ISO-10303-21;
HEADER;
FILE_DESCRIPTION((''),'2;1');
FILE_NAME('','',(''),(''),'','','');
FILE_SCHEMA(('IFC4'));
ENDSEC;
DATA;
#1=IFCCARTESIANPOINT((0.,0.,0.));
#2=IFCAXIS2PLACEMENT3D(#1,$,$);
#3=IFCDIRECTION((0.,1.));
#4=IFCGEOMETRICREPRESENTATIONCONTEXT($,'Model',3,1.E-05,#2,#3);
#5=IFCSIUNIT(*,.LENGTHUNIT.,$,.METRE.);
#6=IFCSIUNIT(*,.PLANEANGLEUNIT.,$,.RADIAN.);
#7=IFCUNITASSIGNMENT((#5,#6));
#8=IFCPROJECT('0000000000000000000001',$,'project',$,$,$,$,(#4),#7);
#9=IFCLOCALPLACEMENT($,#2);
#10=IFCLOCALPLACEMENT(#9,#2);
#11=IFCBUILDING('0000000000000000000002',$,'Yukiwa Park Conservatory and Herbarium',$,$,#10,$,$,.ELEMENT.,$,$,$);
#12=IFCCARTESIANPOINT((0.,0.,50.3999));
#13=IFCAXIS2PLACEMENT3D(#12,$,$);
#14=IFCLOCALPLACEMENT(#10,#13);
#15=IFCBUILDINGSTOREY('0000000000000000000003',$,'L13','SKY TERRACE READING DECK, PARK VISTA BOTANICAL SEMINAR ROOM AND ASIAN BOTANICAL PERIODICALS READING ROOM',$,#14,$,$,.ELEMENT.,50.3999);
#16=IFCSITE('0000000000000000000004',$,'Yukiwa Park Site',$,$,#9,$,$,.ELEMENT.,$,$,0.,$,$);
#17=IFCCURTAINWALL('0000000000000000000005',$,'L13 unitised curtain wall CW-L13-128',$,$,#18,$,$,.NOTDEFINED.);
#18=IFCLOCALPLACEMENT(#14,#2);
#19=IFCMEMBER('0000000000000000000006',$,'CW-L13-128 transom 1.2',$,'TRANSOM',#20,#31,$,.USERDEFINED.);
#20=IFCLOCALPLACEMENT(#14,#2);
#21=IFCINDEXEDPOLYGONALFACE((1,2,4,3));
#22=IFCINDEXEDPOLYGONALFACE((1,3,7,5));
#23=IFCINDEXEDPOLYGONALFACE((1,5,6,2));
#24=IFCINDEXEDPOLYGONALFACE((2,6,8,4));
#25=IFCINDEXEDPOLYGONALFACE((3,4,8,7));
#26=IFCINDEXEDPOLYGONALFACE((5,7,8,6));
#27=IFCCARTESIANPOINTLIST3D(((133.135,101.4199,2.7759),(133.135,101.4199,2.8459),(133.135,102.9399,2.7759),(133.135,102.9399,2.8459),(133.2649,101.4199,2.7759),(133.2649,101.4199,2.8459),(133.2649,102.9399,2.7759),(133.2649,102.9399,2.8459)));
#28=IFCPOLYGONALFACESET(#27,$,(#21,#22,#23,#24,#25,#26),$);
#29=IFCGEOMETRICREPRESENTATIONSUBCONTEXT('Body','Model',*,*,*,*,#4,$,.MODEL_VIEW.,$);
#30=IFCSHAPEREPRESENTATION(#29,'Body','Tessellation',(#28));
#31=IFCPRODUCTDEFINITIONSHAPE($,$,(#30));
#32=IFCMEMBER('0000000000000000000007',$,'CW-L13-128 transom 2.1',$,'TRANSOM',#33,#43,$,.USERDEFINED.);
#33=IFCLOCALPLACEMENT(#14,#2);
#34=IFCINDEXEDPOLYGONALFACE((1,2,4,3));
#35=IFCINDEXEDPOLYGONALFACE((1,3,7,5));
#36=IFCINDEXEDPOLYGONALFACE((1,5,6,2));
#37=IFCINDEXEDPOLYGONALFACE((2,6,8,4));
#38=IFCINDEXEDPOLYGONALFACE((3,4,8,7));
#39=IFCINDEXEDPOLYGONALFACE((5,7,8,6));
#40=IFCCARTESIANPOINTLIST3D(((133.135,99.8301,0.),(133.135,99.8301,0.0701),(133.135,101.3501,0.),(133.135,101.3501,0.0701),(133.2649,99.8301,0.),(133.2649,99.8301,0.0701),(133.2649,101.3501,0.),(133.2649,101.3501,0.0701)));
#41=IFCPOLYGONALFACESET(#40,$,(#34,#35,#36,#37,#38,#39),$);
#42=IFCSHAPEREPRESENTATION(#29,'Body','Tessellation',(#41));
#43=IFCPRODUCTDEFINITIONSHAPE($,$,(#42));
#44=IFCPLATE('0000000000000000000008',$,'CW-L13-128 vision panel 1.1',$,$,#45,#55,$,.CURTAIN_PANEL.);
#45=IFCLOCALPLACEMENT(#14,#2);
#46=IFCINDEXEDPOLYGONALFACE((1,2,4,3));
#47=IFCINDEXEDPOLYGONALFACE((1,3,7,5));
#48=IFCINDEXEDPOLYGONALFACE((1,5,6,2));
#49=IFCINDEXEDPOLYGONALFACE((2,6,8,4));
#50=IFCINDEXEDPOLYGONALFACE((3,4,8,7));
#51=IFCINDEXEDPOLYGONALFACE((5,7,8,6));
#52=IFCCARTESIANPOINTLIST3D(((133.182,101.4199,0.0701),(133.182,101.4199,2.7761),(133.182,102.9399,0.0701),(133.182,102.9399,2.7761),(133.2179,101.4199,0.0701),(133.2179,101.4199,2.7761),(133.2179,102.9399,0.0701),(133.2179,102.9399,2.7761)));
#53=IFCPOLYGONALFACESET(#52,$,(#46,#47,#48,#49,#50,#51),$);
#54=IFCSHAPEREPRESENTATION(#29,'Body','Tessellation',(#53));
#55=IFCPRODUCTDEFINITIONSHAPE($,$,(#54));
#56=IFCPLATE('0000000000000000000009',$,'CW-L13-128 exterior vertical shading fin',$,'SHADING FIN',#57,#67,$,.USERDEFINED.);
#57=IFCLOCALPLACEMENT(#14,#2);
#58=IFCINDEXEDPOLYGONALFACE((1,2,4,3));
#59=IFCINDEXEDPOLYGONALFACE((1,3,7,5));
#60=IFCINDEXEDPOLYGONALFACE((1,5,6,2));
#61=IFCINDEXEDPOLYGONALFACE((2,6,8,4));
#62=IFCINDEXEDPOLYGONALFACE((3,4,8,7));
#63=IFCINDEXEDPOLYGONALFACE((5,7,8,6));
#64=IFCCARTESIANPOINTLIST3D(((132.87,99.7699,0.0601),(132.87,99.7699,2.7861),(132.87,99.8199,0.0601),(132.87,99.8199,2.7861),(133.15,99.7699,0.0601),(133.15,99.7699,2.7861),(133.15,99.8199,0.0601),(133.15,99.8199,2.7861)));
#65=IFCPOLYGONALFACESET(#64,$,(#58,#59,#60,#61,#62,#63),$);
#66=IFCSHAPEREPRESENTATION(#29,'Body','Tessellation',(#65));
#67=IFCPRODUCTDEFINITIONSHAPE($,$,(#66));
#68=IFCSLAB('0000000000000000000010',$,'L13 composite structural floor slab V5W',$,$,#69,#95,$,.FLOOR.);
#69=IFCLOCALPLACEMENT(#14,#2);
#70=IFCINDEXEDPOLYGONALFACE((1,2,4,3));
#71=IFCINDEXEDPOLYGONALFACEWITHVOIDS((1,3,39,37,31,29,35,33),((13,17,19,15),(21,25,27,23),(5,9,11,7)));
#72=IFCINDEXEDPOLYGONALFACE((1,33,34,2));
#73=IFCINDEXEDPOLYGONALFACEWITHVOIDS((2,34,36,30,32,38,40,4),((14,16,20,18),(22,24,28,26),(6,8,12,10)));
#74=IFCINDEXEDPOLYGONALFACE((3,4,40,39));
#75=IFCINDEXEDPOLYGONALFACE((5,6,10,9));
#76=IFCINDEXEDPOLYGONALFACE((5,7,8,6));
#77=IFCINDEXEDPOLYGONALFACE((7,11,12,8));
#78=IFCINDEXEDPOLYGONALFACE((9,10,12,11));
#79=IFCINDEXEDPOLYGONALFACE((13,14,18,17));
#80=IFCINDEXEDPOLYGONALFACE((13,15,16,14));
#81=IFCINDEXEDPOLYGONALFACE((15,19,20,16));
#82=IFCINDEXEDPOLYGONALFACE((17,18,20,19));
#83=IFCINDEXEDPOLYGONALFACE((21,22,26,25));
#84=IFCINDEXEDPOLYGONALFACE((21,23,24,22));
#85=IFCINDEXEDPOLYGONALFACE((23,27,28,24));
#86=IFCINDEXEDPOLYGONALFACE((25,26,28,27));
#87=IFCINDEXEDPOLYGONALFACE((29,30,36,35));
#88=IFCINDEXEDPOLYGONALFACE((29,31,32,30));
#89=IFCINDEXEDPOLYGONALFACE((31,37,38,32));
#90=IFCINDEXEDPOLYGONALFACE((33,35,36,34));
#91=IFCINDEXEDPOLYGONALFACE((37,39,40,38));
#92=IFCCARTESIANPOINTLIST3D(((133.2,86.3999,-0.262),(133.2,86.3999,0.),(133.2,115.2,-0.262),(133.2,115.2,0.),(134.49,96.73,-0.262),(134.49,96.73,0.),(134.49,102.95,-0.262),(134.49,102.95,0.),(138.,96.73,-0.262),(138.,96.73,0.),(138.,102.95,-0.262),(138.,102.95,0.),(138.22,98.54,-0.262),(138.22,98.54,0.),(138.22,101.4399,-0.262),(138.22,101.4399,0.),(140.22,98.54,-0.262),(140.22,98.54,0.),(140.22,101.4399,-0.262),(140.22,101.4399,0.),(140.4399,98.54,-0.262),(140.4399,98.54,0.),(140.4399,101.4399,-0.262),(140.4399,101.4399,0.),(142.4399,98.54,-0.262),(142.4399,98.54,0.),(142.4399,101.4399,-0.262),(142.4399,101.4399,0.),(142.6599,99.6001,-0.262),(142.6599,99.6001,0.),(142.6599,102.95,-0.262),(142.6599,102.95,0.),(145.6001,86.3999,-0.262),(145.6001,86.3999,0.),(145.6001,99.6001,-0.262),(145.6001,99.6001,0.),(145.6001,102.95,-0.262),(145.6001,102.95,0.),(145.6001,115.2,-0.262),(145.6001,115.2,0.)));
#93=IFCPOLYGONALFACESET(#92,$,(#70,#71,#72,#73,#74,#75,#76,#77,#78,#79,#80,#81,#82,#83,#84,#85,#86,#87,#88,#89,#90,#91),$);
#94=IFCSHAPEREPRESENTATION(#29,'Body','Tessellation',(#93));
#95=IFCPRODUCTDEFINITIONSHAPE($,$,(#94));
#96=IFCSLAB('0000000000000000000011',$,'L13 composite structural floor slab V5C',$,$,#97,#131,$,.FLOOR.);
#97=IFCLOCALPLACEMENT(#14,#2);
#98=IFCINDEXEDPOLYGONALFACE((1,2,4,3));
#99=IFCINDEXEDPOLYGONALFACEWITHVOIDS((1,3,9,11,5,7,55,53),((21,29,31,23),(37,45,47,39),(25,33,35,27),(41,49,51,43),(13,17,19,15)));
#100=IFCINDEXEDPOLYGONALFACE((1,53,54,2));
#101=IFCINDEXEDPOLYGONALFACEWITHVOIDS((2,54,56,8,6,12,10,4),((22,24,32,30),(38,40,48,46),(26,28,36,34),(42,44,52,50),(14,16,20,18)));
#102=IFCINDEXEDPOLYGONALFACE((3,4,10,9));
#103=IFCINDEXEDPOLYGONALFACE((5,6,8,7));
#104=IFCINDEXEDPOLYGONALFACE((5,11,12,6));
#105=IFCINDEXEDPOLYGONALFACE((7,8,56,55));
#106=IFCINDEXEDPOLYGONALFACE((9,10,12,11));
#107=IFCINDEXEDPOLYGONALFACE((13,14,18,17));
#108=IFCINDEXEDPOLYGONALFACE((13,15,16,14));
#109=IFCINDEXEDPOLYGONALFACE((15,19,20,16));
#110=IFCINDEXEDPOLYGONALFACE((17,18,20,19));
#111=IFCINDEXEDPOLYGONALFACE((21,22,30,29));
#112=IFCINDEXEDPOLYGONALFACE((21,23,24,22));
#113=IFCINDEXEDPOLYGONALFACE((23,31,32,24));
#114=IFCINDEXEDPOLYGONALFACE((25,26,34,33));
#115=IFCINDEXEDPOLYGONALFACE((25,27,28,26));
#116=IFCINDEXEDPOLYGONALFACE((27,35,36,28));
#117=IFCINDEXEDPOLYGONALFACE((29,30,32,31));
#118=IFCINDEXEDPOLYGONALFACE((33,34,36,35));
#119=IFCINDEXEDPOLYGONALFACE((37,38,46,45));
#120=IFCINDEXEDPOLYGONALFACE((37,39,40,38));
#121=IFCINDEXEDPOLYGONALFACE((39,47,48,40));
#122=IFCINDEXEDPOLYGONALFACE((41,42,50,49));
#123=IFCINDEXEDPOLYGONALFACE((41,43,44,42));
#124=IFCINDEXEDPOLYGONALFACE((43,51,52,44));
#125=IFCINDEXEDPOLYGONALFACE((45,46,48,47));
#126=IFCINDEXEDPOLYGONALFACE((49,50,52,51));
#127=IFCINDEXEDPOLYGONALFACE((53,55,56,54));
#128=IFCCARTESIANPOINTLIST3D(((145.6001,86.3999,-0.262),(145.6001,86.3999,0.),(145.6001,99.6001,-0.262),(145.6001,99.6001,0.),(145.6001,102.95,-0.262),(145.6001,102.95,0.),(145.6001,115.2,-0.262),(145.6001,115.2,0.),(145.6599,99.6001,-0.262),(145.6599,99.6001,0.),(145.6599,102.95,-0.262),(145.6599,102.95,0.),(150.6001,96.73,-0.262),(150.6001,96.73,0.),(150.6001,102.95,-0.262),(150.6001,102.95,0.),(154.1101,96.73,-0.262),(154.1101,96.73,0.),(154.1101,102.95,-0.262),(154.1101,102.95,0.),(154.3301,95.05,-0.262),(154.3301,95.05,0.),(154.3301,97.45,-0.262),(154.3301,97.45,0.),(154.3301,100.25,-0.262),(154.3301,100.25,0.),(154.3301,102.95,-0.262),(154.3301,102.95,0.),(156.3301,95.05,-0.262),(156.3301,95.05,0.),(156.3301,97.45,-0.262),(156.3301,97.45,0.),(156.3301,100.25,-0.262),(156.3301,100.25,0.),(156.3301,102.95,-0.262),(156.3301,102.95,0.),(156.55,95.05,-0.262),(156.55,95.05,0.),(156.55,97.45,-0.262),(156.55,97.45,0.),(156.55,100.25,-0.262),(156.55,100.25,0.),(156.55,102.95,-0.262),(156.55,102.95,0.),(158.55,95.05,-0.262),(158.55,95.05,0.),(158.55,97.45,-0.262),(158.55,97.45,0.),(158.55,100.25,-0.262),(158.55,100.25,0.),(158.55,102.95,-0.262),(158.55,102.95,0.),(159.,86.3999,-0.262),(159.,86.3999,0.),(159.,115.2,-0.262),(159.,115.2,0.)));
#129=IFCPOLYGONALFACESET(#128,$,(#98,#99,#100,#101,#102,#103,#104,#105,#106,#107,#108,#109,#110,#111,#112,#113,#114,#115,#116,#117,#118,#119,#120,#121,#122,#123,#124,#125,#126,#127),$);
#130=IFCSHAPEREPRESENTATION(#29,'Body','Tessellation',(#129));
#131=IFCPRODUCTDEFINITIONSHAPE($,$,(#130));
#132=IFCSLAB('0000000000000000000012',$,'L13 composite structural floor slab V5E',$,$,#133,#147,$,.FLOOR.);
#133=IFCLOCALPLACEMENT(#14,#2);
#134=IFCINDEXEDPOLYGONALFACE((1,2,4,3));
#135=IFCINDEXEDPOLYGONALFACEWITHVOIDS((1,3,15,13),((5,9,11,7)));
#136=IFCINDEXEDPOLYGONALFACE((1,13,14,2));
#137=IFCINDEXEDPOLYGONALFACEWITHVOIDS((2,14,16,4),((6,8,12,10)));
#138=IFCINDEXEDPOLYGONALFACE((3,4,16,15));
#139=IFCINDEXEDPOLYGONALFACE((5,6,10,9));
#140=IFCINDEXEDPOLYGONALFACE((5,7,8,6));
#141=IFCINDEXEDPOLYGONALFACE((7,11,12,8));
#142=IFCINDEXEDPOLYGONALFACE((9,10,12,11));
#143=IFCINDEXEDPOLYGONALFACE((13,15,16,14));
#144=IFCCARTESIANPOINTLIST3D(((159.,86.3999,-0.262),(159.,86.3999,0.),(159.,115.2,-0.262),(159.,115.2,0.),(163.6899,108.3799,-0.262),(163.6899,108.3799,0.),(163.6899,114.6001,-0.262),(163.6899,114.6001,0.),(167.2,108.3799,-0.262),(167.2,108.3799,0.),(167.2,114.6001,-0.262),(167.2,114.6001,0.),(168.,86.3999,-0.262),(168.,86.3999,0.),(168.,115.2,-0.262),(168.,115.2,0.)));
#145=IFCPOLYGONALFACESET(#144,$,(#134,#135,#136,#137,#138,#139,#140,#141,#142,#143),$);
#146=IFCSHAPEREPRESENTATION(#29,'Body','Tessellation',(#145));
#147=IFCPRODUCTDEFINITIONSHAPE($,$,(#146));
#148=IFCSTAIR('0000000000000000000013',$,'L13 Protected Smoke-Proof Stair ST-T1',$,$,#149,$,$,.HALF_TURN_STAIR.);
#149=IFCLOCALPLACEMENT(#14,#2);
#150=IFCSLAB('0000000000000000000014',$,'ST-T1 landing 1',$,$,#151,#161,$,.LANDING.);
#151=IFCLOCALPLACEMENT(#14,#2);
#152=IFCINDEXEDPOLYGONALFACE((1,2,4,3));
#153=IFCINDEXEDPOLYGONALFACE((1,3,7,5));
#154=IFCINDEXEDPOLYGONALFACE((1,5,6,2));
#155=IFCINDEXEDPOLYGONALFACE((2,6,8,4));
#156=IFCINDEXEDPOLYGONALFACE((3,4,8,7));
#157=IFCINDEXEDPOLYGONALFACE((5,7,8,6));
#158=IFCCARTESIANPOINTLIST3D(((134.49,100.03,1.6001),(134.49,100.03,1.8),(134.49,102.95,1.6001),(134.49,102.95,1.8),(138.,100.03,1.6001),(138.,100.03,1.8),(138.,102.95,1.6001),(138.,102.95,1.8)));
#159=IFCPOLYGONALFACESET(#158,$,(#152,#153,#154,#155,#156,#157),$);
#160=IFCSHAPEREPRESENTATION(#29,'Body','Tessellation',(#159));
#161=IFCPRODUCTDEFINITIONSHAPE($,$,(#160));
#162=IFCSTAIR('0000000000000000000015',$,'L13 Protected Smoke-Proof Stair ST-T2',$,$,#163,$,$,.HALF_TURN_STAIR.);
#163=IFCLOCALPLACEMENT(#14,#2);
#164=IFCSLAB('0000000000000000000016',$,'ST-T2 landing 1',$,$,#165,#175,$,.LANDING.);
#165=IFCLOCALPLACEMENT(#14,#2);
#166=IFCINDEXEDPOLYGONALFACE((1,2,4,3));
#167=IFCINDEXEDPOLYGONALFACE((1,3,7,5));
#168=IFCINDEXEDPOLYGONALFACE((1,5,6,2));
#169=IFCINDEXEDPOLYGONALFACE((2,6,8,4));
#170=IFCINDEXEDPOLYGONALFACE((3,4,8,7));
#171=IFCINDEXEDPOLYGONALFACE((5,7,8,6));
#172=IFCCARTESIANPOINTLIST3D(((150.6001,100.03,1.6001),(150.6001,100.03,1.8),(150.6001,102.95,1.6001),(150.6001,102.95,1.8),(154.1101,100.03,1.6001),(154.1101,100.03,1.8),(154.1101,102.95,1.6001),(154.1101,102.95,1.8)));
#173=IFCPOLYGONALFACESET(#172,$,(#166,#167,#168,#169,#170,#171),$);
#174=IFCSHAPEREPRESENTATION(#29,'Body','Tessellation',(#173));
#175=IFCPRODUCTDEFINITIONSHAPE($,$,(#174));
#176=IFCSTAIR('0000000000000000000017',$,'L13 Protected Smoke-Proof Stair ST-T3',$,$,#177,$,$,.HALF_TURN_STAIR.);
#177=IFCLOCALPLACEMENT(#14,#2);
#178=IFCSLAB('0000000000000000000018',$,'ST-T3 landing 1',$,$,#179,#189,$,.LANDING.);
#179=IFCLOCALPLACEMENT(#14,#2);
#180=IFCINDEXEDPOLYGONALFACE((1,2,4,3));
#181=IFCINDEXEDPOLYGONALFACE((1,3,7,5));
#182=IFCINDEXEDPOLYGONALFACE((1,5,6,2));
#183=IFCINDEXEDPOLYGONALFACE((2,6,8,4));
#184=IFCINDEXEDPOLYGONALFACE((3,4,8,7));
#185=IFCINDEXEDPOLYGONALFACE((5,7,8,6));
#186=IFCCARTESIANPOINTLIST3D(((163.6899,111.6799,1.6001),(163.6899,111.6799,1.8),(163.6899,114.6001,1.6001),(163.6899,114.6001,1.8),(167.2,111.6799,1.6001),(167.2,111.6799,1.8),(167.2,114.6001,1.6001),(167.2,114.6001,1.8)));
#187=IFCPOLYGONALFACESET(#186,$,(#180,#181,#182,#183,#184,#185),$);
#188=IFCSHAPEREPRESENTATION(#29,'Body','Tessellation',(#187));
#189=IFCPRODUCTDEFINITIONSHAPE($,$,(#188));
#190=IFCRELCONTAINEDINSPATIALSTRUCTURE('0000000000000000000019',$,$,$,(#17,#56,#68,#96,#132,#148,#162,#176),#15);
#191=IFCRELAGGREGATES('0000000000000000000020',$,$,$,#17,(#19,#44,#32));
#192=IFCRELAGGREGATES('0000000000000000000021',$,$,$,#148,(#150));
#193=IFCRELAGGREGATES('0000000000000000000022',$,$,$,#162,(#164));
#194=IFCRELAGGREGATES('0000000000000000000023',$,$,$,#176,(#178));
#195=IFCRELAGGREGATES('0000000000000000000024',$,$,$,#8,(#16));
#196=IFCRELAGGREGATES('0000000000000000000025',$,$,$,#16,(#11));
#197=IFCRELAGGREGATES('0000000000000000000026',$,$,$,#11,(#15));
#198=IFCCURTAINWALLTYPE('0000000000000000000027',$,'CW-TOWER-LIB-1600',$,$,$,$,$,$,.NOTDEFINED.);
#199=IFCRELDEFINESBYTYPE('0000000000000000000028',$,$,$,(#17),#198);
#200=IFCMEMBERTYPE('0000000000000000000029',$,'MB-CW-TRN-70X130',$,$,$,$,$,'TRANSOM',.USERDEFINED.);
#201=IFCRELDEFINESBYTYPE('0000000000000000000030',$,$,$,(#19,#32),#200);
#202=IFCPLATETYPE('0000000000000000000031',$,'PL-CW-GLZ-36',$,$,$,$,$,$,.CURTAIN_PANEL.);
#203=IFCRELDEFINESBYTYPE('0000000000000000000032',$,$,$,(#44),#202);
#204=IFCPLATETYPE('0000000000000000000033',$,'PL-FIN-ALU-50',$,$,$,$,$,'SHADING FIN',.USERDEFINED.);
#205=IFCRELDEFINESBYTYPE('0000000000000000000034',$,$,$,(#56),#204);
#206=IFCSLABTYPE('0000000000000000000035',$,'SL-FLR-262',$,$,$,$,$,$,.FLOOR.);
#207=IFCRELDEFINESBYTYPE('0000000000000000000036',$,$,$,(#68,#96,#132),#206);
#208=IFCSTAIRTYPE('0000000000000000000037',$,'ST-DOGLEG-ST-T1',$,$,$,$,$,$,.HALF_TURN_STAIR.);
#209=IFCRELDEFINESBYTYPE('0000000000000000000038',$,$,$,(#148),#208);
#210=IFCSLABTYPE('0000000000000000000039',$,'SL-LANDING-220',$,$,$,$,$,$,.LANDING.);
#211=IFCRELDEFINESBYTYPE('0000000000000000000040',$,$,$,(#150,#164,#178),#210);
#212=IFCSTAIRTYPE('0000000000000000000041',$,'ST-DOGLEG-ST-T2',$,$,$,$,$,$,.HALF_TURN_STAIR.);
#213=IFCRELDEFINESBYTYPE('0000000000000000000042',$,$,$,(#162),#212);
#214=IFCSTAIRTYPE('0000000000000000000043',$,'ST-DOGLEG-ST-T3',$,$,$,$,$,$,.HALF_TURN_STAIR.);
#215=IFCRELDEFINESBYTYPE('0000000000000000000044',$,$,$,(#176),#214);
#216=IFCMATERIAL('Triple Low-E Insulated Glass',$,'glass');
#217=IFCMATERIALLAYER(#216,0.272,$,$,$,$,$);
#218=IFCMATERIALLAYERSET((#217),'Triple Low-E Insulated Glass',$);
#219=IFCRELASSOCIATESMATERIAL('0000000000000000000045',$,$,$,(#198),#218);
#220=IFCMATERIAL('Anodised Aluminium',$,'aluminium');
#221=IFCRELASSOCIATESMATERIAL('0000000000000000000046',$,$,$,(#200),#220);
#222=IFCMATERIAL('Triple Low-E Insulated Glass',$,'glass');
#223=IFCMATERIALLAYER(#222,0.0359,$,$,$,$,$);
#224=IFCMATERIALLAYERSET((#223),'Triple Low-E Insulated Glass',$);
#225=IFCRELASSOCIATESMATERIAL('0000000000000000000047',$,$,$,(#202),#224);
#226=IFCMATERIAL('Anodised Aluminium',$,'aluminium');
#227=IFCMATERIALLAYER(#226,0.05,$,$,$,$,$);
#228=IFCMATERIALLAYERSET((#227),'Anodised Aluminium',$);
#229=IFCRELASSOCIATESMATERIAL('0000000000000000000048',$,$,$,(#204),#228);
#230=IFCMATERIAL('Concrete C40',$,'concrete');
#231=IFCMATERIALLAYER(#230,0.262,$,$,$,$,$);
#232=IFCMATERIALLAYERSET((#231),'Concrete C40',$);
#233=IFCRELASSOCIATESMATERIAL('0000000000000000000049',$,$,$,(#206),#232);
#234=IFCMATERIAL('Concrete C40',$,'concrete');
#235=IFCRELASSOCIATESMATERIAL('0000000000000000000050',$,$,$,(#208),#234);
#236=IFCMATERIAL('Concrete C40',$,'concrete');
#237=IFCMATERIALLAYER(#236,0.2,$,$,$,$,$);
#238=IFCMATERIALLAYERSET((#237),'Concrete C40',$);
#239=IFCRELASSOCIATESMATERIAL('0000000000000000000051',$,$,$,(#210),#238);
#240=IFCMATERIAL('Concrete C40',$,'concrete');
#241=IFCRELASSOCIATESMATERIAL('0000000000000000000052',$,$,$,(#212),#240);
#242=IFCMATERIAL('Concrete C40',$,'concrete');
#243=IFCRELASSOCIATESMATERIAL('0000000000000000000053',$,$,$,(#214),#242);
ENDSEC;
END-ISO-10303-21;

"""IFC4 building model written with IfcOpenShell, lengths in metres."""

from ifc_helpers import new_model, si_unit, direction, frame, origin, origin_2d, place, context, subcontext, project, spatial, polyline, rectangle, outline, extrude, material, layer, layer_set, type_object, element, aggregate, save


model = new_model("IFC4")

# Units and contexts
model_context = context("Model", 3, precision=1e-05, world=origin(), true_north=direction((0.0, 1.0)))
body_context = subcontext(model_context, "Body", "Model", "MODEL_VIEW")
ifc_project = project(units=[si_unit("LENGTHUNIT", "METRE"), si_unit("PLANEANGLEUNIT", "RADIAN")], contexts=[model_context])

# Site, building, storey
site_placement = place(None, origin())
site = spatial("IfcSite", under=ifc_project, at=site_placement, Name="Yukiwa Park Site", CompositionType="ELEMENT", RefElevation=0.0)
building_placement = place(site_placement, origin())
building = spatial("IfcBuilding", under=site, at=building_placement, Name="Yukiwa Park Conservatory and Herbarium", CompositionType="ELEMENT")
storey_placement = place(building_placement, frame((0.0, 0.0, 50.3999)))
storey = spatial("IfcBuildingStorey", under=building, at=storey_placement, Name="L13", Description="SKY TERRACE READING DECK, PARK VISTA BOTANICAL SEMINAR ROOM AND ASIAN BOTANICAL PERIODICALS READING ROOM", CompositionType="ELEMENT", Elevation=50.3999)

# Curtain wall, members, plate
ifc_material_1 = material(Name="Triple Low-E Insulated Glass", Category="glass")
ifc_layer_1 = layer(ifc_material_1, 0.272)
ifc_layer_set_1 = layer_set([ifc_layer_1], Name="Triple Low-E Insulated Glass")
curtain_wall_type = type_object("IfcCurtainWallType", Name="CW-TOWER-LIB-1600", PredefinedType="NOTDEFINED", material=ifc_layer_set_1)
curtain_wall_placement = place(storey_placement, origin())
curtain_wall = element("IfcCurtainWall", 1, at=curtain_wall_placement, inside=storey, type_object=curtain_wall_type, Name="L13 unitised curtain wall CW-L13-128", PredefinedType="NOTDEFINED")
ifc_material_2 = material(Name="Anodised Aluminium", Category="aluminium")
member_type_1 = type_object("IfcMemberType", Name="MB-CW-TRN-70X130", ElementType="TRANSOM", PredefinedType="USERDEFINED", material=ifc_material_2)
member_1_placement = place(storey_placement, frame((133.2, 102.1799, 2.7759), z_axis=(0.0, 0.0, 1.0), x_axis=(0.0, -1.0, 0.0)))
member_1 = element("IfcMember", 2, at=member_1_placement, type_object=member_type_1, Name="CW-L13-128 transom 1.2", ObjectType="TRANSOM", PredefinedType="USERDEFINED", context=body_context, shape_type="SweptSolid", body=[
    extrude(rectangle(XDim=1.52, YDim=0.1299, at=origin_2d()), origin(), (0.0, 0.0, 1.0), 0.0701),
])
member_2_placement = place(storey_placement, frame((133.2, 100.5901, 0.0), z_axis=(0.0, 0.0, 1.0), x_axis=(0.0, -1.0, 0.0)))
member_2 = element("IfcMember", 3, at=member_2_placement, type_object=member_type_1, Name="CW-L13-128 transom 2.1", ObjectType="TRANSOM", PredefinedType="USERDEFINED", context=body_context, shape_type="SweptSolid", body=[
    extrude(rectangle(XDim=1.52, YDim=0.1299, at=origin_2d()), origin(), (0.0, 0.0, 1.0), 0.0701),
])
ifc_material_3 = material(Name="Triple Low-E Insulated Glass", Category="glass")
ifc_layer_2 = layer(ifc_material_3, 0.0359)
ifc_layer_set_2 = layer_set([ifc_layer_2], Name="Triple Low-E Insulated Glass")
plate_type_1 = type_object("IfcPlateType", Name="PL-CW-GLZ-36", PredefinedType="CURTAIN_PANEL", material=ifc_layer_set_2)
plate_1_placement = place(storey_placement, frame((133.2, 102.1799, 0.0701), z_axis=(0.0, 0.0, 1.0), x_axis=(0.0, -1.0, 0.0)))
plate_1 = element("IfcPlate", 4, at=plate_1_placement, type_object=plate_type_1, Name="CW-L13-128 vision panel 1.1", PredefinedType="CURTAIN_PANEL", context=body_context, shape_type="SweptSolid", body=[
    extrude(rectangle(XDim=1.52, YDim=0.0359, at=origin_2d()), origin(), (0.0, 0.0, 1.0), 2.7061),
])
aggregate(curtain_wall, [member_1, plate_1, member_2])

# Plate
ifc_material_4 = material(Name="Anodised Aluminium", Category="aluminium")
ifc_layer_3 = layer(ifc_material_4, 0.05)
ifc_layer_set_3 = layer_set([ifc_layer_3], Name="Anodised Aluminium")
plate_type_2 = type_object("IfcPlateType", Name="PL-FIN-ALU-50", ElementType="SHADING FIN", PredefinedType="USERDEFINED", material=ifc_layer_set_3)
plate_2_placement = place(storey_placement, frame((133.01, 99.7949, 0.0601), z_axis=(0.0, 0.0, 1.0), x_axis=(0.0, -1.0, 0.0)))
element("IfcPlate", 5, at=plate_2_placement, inside=storey, type_object=plate_type_2, Name="CW-L13-128 exterior vertical shading fin", ObjectType="SHADING FIN", PredefinedType="USERDEFINED", context=body_context, shape_type="SweptSolid", body=[
    extrude(rectangle(XDim=0.05, YDim=0.28, at=origin_2d()), origin(), (0.0, 0.0, 1.0), 2.7261),
])

# Slabs
ifc_material_5 = material(Name="Concrete C40", Category="concrete")
ifc_layer_4 = layer(ifc_material_5, 0.262)
ifc_layer_set_4 = layer_set([ifc_layer_4], Name="Concrete C40")
slab_type_1 = type_object("IfcSlabType", Name="SL-FLR-262", PredefinedType="FLOOR", material=ifc_layer_set_4)
slab_1_placement = place(storey_placement, frame((0.0, 0.0, -0.262)))
element("IfcSlab", 6, at=slab_1_placement, inside=storey, type_object=slab_type_1, Name="L13 composite structural floor slab V5W", PredefinedType="FLOOR", context=body_context, shape_type="SweptSolid", body=[
    extrude(outline(polyline([(133.2, 115.2), (145.6001, 115.2), (145.6001, 102.95), (142.6599, 102.95), (142.6599, 99.6001), (145.6001, 99.6001), (145.6001, 86.3999), (133.2, 86.3999), (133.2, 115.2)]), holes=[polyline([(134.49, 102.95), (134.49, 96.73), (138.0, 96.73), (138.0, 102.95), (134.49, 102.95)]), polyline([(140.22, 101.4399), (138.22, 101.4399), (138.22, 98.54), (140.22, 98.54), (140.22, 101.4399)]), polyline([(140.4399, 101.4399), (140.4399, 98.54), (142.4399, 98.54), (142.4399, 101.4399), (140.4399, 101.4399)])]), origin(), (0.0, 0.0, 1.0), 0.262),
])
slab_2_placement = place(storey_placement, frame((0.0, 0.0, -0.262)))
element("IfcSlab", 7, at=slab_2_placement, inside=storey, type_object=slab_type_1, Name="L13 composite structural floor slab V5C", PredefinedType="FLOOR", context=body_context, shape_type="SweptSolid", body=[
    extrude(outline(polyline([(145.6001, 99.6001), (145.6599, 99.6001), (145.6599, 102.95), (145.6001, 102.95), (145.6001, 115.2), (159.0, 115.2), (159.0, 86.3999), (145.6001, 86.3999), (145.6001, 99.6001)]), holes=[polyline([(154.3301, 97.45), (154.3301, 95.05), (156.3301, 95.05), (156.3301, 97.45), (154.3301, 97.45)]), polyline([(156.55, 97.45), (156.55, 95.05), (158.55, 95.05), (158.55, 97.45), (156.55, 97.45)]), polyline([(154.1101, 102.95), (150.6001, 102.95), (150.6001, 96.73), (154.1101, 96.73), (154.1101, 102.95)]), polyline([(154.3301, 102.95), (154.3301, 100.25), (156.3301, 100.25), (156.3301, 102.95), (154.3301, 102.95)]), polyline([(158.55, 102.95), (156.55, 102.95), (156.55, 100.25), (158.55, 100.25), (158.55, 102.95)])]), origin(), (0.0, 0.0, 1.0), 0.262),
])
slab_3_placement = place(storey_placement, frame((0.0, 0.0, -0.262)))
element("IfcSlab", 8, at=slab_3_placement, inside=storey, type_object=slab_type_1, Name="L13 composite structural floor slab V5E", PredefinedType="FLOOR", context=body_context, shape_type="SweptSolid", body=[
    extrude(outline(polyline([(168.0, 86.3999), (159.0, 86.3999), (159.0, 115.2), (168.0, 115.2), (168.0, 86.3999)]), holes=[polyline([(167.2, 114.6001), (163.6899, 114.6001), (163.6899, 108.3799), (167.2, 108.3799), (167.2, 114.6001)])]), origin(), (0.0, 0.0, 1.0), 0.262),
])

# Stairs, slabs
ifc_material_6 = material(Name="Concrete C40", Category="concrete")
stair_type_1 = type_object("IfcStairType", Name="ST-DOGLEG-ST-T1", PredefinedType="HALF_TURN_STAIR", material=ifc_material_6)
stair_1_placement = place(storey_placement, origin())
stair_1 = element("IfcStair", 9, at=stair_1_placement, inside=storey, type_object=stair_type_1, Name="L13 Protected Smoke-Proof Stair ST-T1", PredefinedType="HALF_TURN_STAIR")
ifc_material_7 = material(Name="Concrete C40", Category="concrete")
ifc_layer_5 = layer(ifc_material_7, 0.2)
ifc_layer_set_5 = layer_set([ifc_layer_5], Name="Concrete C40")
slab_type_2 = type_object("IfcSlabType", Name="SL-LANDING-220", PredefinedType="LANDING", material=ifc_layer_set_5)
slab_4_placement = place(storey_placement, frame((0.0, 0.0, 1.6001)))
slab_4 = element("IfcSlab", 10, at=slab_4_placement, type_object=slab_type_2, Name="ST-T1 landing 1", PredefinedType="LANDING", context=body_context, shape_type="SweptSolid", body=[
    extrude(outline(polyline([(138.0, 100.03), (138.0, 102.95), (134.49, 102.95), (134.49, 100.03), (138.0, 100.03)])), origin(), (0.0, 0.0, 1.0), 0.2),
])
aggregate(stair_1, [slab_4])
ifc_material_8 = material(Name="Concrete C40", Category="concrete")
stair_type_2 = type_object("IfcStairType", Name="ST-DOGLEG-ST-T2", PredefinedType="HALF_TURN_STAIR", material=ifc_material_8)
stair_2_placement = place(storey_placement, origin())
stair_2 = element("IfcStair", 11, at=stair_2_placement, inside=storey, type_object=stair_type_2, Name="L13 Protected Smoke-Proof Stair ST-T2", PredefinedType="HALF_TURN_STAIR")
slab_5_placement = place(storey_placement, frame((0.0, 0.0, 1.6001)))
slab_5 = element("IfcSlab", 12, at=slab_5_placement, type_object=slab_type_2, Name="ST-T2 landing 1", PredefinedType="LANDING", context=body_context, shape_type="SweptSolid", body=[
    extrude(outline(polyline([(154.1101, 100.03), (154.1101, 102.95), (150.6001, 102.95), (150.6001, 100.03), (154.1101, 100.03)])), origin(), (0.0, 0.0, 1.0), 0.2),
])
aggregate(stair_2, [slab_5])
ifc_material_9 = material(Name="Concrete C40", Category="concrete")
stair_type_3 = type_object("IfcStairType", Name="ST-DOGLEG-ST-T3", PredefinedType="HALF_TURN_STAIR", material=ifc_material_9)
stair_3_placement = place(storey_placement, origin())
stair_3 = element("IfcStair", 13, at=stair_3_placement, inside=storey, type_object=stair_type_3, Name="L13 Protected Smoke-Proof Stair ST-T3", PredefinedType="HALF_TURN_STAIR")
slab_6_placement = place(storey_placement, frame((0.0, 0.0, 1.6001)))
slab_6 = element("IfcSlab", 14, at=slab_6_placement, type_object=slab_type_2, Name="ST-T3 landing 1", PredefinedType="LANDING", context=body_context, shape_type="SweptSolid", body=[
    extrude(outline(polyline([(167.2, 111.6799), (167.2, 114.6001), (163.6899, 114.6001), (163.6899, 111.6799), (167.2, 111.6799)])), origin(), (0.0, 0.0, 1.0), 0.2),
])
aggregate(stair_3, [slab_6])

save(model, "model.ifc")
